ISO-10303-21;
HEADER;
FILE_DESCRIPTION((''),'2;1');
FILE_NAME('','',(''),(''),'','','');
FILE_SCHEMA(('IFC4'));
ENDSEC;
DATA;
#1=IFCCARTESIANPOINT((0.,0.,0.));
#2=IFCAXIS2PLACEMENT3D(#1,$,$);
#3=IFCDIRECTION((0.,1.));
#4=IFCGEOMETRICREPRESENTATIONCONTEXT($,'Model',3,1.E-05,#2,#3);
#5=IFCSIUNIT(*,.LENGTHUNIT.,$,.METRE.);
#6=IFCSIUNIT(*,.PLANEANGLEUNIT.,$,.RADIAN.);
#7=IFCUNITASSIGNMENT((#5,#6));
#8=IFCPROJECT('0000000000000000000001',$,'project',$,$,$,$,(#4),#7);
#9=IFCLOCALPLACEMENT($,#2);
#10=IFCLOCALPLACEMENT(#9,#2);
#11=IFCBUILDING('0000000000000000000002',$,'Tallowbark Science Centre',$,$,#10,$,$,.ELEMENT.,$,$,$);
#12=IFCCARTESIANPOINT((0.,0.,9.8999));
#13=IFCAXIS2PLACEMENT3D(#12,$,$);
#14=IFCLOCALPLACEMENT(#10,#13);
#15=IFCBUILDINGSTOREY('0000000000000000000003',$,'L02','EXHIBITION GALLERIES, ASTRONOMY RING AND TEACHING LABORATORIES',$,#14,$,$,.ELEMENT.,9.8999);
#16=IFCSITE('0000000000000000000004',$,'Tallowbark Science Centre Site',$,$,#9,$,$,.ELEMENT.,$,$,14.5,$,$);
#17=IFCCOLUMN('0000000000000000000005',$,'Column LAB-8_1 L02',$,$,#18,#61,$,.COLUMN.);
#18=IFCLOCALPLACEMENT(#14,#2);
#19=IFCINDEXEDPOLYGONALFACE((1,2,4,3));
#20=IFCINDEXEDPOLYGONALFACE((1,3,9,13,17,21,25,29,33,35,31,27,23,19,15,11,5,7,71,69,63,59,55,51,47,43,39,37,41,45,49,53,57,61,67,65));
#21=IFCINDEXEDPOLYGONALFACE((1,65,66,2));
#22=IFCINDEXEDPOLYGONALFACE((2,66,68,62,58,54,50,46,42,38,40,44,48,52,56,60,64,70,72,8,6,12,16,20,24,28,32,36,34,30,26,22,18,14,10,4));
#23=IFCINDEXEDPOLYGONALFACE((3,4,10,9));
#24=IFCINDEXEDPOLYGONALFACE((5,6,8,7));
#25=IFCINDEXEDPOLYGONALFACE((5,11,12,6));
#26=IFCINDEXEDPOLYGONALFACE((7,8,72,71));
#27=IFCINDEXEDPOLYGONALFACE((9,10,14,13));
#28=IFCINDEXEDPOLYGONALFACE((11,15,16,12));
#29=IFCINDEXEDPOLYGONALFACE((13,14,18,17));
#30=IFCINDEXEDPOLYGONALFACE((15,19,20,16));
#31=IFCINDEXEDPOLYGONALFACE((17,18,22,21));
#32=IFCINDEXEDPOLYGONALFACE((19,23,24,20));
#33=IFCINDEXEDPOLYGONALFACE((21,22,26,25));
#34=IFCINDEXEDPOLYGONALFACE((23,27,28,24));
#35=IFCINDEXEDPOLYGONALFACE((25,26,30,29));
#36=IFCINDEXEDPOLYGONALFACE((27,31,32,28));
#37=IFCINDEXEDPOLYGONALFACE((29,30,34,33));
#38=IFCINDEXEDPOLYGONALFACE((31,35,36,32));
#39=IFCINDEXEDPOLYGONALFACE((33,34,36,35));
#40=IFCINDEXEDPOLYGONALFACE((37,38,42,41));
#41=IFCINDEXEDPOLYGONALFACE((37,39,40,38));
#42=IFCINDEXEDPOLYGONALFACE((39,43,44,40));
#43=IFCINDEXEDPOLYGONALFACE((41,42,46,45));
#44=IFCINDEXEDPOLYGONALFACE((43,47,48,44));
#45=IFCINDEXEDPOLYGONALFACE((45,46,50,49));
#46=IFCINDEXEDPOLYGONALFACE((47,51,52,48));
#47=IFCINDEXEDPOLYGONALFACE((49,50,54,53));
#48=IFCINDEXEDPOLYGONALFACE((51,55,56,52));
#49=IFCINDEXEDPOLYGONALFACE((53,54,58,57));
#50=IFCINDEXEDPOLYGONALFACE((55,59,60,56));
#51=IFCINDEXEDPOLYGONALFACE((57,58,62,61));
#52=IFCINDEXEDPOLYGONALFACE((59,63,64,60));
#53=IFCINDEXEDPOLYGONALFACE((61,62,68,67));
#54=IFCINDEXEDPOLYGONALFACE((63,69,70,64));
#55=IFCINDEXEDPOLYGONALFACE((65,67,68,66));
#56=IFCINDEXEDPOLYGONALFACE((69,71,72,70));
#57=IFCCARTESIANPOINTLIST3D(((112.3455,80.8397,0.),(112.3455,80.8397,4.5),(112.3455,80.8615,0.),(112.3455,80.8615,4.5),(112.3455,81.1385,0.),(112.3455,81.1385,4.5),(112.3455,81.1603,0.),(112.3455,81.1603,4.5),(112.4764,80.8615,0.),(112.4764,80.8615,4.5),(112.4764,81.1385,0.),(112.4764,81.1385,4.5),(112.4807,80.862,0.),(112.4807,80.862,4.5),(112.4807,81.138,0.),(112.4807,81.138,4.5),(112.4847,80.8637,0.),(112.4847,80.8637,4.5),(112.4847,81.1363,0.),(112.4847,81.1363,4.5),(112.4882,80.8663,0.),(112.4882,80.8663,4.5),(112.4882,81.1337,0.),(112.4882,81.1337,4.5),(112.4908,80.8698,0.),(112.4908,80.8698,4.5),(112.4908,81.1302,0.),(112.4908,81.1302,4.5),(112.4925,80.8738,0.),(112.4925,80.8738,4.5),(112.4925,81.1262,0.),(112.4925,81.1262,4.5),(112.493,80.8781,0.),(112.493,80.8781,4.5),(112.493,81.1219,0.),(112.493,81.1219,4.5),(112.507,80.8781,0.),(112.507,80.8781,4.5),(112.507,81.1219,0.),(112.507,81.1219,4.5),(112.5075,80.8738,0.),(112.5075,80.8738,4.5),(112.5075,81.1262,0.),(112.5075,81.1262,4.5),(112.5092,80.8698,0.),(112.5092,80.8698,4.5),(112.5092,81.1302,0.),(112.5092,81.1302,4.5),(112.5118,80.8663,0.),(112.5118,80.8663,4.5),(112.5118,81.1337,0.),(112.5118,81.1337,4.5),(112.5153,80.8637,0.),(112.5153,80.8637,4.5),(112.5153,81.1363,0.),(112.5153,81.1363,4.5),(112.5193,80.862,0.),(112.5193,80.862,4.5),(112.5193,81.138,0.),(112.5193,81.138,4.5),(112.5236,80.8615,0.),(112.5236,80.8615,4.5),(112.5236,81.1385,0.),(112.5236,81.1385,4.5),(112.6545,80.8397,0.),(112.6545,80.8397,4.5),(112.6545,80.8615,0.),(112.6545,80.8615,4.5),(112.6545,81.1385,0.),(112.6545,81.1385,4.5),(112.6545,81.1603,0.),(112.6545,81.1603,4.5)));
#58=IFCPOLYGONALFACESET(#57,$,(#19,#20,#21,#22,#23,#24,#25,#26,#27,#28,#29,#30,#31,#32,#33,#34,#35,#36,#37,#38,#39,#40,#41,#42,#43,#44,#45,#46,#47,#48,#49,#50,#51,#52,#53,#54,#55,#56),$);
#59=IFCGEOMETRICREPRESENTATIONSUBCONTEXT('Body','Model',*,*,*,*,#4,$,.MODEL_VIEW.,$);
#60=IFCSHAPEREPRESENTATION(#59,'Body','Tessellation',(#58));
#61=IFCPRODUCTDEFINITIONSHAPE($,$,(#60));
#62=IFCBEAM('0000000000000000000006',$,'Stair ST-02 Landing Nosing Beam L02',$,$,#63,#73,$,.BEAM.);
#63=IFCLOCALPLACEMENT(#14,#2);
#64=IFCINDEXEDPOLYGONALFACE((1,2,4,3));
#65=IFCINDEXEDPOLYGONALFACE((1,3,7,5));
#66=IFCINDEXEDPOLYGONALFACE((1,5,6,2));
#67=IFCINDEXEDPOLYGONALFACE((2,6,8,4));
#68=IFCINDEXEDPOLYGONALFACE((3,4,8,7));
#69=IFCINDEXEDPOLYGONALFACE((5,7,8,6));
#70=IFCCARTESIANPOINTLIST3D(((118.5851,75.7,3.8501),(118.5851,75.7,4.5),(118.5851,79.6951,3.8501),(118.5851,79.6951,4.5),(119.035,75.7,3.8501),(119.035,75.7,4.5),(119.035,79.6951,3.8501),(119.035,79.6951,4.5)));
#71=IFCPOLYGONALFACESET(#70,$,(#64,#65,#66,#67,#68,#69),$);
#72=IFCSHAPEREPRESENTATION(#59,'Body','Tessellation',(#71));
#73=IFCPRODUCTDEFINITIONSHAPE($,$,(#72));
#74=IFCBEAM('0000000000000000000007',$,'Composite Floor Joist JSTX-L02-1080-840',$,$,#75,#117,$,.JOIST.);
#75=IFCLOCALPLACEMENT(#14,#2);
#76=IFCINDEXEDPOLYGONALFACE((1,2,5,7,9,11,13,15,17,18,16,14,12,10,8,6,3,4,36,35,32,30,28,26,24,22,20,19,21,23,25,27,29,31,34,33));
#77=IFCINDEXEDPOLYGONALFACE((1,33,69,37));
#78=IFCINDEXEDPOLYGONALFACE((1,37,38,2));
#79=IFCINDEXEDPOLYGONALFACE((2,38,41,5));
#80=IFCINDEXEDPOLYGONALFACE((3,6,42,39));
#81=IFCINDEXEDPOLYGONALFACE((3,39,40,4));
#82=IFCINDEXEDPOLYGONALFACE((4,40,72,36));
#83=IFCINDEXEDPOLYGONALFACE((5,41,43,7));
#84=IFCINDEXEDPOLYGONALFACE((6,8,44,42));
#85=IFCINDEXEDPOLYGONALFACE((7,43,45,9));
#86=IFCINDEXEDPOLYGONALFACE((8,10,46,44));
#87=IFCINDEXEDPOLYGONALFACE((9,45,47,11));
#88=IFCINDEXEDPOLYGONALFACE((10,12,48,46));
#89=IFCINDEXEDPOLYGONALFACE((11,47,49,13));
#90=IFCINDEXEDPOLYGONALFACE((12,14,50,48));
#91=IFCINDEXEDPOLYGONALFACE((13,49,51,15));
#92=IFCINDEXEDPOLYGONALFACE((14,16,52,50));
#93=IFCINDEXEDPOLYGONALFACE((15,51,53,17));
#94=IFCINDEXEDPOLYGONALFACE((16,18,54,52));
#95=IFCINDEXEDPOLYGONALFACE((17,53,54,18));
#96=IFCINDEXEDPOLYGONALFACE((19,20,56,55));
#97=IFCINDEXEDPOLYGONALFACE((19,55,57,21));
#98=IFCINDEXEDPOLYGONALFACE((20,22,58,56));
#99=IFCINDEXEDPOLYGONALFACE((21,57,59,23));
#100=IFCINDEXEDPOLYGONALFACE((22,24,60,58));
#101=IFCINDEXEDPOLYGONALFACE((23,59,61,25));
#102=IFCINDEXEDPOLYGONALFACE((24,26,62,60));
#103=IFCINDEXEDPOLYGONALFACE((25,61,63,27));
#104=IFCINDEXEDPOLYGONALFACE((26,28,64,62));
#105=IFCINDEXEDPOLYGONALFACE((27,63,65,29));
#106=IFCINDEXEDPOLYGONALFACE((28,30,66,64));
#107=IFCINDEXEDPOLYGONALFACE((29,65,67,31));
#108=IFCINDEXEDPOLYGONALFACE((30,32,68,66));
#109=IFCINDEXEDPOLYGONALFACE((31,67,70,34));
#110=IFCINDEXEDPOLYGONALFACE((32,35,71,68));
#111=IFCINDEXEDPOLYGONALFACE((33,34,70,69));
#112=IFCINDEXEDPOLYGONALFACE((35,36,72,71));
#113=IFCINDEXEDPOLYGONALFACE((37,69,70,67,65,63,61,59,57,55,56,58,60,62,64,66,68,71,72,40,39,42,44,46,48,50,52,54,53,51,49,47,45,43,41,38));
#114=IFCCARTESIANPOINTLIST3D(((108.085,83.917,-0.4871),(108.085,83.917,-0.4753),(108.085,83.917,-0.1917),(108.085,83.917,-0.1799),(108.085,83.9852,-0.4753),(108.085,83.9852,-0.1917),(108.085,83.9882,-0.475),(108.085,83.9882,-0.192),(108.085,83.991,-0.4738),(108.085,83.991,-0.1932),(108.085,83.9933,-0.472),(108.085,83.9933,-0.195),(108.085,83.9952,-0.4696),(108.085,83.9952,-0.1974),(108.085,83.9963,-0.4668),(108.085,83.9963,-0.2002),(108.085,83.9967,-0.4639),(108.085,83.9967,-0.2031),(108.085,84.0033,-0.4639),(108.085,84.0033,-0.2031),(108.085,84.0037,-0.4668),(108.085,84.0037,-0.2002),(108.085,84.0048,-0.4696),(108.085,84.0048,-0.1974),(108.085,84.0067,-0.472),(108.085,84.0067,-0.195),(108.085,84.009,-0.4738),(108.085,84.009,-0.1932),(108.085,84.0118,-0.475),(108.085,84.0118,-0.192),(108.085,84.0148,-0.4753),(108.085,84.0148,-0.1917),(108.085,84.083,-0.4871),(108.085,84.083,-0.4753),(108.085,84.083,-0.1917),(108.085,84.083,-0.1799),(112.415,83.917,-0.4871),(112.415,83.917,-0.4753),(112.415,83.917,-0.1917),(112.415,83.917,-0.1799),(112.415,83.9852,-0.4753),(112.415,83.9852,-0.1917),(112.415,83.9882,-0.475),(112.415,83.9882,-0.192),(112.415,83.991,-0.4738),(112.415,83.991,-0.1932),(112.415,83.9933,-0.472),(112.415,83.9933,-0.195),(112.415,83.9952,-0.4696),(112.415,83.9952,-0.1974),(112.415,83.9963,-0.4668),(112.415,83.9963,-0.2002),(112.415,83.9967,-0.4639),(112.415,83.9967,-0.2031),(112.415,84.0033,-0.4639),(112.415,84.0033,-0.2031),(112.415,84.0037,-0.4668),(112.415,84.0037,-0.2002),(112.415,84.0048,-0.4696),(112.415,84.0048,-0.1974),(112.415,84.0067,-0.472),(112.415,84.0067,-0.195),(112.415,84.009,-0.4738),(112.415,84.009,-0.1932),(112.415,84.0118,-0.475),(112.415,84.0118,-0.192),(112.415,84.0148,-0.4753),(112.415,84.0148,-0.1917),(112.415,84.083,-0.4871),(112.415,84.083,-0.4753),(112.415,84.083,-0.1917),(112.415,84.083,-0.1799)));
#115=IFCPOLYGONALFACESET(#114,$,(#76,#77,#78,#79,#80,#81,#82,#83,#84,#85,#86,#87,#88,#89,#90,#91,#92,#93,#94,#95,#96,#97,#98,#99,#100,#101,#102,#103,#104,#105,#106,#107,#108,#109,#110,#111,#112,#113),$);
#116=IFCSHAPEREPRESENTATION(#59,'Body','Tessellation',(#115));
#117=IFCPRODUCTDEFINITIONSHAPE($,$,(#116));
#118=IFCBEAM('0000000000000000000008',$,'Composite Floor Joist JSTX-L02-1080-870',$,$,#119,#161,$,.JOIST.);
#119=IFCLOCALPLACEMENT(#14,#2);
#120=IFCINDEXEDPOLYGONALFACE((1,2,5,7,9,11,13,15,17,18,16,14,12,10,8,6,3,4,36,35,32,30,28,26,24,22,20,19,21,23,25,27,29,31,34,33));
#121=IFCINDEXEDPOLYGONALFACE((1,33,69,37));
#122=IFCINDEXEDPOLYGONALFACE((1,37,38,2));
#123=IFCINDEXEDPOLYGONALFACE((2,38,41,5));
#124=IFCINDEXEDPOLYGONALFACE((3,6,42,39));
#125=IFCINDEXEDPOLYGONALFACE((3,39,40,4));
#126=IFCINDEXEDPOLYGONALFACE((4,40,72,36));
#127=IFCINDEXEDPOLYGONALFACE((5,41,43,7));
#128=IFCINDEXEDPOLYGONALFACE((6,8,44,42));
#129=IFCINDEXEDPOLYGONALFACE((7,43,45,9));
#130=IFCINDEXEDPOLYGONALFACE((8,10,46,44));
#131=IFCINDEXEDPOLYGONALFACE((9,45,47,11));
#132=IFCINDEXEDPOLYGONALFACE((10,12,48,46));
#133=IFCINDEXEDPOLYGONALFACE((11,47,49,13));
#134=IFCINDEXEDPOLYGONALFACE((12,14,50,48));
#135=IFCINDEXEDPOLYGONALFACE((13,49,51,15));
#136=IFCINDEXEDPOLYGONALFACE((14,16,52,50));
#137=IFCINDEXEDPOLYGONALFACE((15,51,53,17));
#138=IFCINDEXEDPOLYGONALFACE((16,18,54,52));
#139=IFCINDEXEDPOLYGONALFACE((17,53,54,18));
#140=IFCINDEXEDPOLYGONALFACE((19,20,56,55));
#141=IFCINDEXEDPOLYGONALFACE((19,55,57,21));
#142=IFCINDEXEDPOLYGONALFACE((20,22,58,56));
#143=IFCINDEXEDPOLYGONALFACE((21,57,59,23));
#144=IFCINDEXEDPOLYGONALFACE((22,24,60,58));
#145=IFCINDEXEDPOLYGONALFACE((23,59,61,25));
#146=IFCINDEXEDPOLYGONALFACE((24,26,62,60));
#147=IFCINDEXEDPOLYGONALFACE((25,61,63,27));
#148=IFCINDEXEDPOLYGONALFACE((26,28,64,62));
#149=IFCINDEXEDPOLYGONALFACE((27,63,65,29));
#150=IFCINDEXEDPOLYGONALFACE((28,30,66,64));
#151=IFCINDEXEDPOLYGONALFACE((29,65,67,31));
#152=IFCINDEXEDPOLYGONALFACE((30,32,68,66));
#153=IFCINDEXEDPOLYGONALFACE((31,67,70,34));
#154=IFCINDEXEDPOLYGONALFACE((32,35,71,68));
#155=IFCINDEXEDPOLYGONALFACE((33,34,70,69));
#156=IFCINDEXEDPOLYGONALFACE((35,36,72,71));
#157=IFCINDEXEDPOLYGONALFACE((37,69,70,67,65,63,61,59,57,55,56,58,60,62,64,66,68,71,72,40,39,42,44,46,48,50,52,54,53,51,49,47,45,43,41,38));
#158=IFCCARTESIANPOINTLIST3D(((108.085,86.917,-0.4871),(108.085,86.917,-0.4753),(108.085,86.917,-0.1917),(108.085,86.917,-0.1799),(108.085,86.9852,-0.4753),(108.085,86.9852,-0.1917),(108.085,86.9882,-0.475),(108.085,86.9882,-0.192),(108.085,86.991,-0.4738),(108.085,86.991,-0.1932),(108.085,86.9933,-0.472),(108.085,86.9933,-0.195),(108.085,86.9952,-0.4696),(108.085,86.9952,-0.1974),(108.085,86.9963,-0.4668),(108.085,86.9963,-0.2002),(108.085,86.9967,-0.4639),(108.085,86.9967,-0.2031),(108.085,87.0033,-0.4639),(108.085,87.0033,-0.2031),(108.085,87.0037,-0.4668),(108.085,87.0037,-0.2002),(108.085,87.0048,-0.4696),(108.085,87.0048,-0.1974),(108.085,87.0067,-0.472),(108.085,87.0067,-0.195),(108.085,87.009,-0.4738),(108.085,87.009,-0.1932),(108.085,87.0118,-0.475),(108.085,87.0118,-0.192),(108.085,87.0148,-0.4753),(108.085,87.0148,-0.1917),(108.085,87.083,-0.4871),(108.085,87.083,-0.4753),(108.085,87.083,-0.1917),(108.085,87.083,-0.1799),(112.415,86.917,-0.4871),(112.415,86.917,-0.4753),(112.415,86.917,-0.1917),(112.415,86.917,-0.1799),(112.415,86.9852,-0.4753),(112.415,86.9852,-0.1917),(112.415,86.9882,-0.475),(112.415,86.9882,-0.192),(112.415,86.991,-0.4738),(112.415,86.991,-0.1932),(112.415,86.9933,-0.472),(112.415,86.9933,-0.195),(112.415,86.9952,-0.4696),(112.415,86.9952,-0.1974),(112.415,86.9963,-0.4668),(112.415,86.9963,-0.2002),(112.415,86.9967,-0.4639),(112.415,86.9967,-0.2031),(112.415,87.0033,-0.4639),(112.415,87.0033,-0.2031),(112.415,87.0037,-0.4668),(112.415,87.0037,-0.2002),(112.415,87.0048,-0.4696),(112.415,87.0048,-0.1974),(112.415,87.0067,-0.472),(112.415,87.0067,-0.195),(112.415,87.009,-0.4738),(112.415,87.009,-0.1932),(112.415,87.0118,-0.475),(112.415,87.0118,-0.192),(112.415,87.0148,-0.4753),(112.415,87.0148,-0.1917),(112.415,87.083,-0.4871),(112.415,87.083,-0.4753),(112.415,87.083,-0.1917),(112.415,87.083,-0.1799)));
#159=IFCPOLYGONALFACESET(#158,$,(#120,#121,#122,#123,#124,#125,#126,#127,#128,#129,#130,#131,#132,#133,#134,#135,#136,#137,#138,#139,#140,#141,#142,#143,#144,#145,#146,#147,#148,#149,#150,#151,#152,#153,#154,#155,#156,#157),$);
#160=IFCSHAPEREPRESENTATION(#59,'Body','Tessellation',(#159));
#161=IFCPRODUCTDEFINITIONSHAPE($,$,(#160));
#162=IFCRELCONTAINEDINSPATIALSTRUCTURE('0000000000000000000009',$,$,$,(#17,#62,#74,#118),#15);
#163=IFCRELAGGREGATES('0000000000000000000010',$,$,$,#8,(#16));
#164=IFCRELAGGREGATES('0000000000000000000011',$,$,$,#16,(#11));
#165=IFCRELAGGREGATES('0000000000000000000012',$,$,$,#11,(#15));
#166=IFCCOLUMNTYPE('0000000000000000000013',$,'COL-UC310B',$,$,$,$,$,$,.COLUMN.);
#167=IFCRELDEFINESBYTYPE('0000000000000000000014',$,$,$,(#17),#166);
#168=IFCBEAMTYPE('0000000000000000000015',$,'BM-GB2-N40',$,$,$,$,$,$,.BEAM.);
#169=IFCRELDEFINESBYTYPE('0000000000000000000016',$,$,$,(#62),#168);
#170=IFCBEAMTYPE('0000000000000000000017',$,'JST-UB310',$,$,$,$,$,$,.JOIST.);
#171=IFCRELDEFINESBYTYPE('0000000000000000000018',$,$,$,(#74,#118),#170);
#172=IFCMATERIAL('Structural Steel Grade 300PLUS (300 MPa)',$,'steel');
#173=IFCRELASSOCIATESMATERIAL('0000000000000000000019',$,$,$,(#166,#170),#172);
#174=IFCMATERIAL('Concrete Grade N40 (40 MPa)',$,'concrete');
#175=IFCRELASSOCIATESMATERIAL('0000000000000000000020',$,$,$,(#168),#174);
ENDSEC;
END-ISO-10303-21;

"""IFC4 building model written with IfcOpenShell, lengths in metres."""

from ifc_helpers import new_model, si_unit, direction, frame, origin, origin_2d, place, context, subcontext, project, spatial, rectangle, i_section, extrude, material, material_profile, profile_set, type_object, element, save


model = new_model("IFC4")

# Units and contexts
model_context = context("Model", 3, precision=1e-05, world=origin(), true_north=direction((0.0, 1.0)))
body_context = subcontext(model_context, "Body", "Model", "MODEL_VIEW")
ifc_project = project(units=[si_unit("LENGTHUNIT", "METRE"), si_unit("PLANEANGLEUNIT", "RADIAN")], contexts=[model_context])

# Site, building, storey
site_placement = place(None, origin())
site = spatial("IfcSite", under=ifc_project, at=site_placement, Name="Tallowbark Science Centre Site", CompositionType="ELEMENT", RefElevation=14.5)
building_placement = place(site_placement, origin())
building = spatial("IfcBuilding", under=site, at=building_placement, Name="Tallowbark Science Centre", CompositionType="ELEMENT")
storey_placement = place(building_placement, frame((0.0, 0.0, 9.8999)))
storey = spatial("IfcBuildingStorey", under=building, at=storey_placement, Name="L02", Description="EXHIBITION GALLERIES, ASTRONOMY RING AND TEACHING LABORATORIES", CompositionType="ELEMENT", Elevation=9.8999)

# Column
ifc_material_1 = material(Name="Structural Steel Grade 300PLUS (300 MPa)", Category="steel")
ifc_material_profile_1 = material_profile(ifc_material_1, i_section(OverallWidth=0.3091, OverallDepth=0.3206, WebThickness=0.0139, FlangeThickness=0.0217, FilletRadius=0.0166, at=origin_2d()), Name="310UC137")
ifc_profile_set_1 = profile_set([ifc_material_profile_1], Name="Structural Steel Grade 300PLUS (300 MPa)")
column_type = type_object("IfcColumnType", Name="COL-UC310B", PredefinedType="COLUMN", material=ifc_profile_set_1)
column_placement = place(storey_placement, frame((112.5, 81.0, 0.0), z_axis=(0.0, 0.0, 1.0), x_axis=(1.0, 0.0, 0.0)))
element("IfcColumn", 1, at=column_placement, inside=storey, type_object=column_type, Name="Column LAB-8_1 L02", PredefinedType="COLUMN", context=body_context, shape_type="SweptSolid", body=[
    extrude(i_section(OverallWidth=0.3091, OverallDepth=0.3206, WebThickness=0.0139, FlangeThickness=0.0217, FilletRadius=0.0166, at=origin_2d()), origin(), (0.0, 0.0, 1.0), 4.5),
])

# Beams
ifc_material_2 = material(Name="Concrete Grade N40 (40 MPa)", Category="concrete")
ifc_material_profile_2 = material_profile(ifc_material_2, rectangle(XDim=0.45, YDim=0.6499, at=origin_2d()), Name="RC450x650")
ifc_profile_set_2 = profile_set([ifc_material_profile_2], Name="Concrete Grade N40 (40 MPa)")
beam_type_1 = type_object("IfcBeamType", Name="BM-GB2-N40", PredefinedType="BEAM", material=ifc_profile_set_2)
beam_1_placement = place(storey_placement, frame((118.8101, 75.7, 4.175), z_axis=(0.0, 1.0, 0.0), x_axis=(-1.0, 0.0, 0.0)))
element("IfcBeam", 2, at=beam_1_placement, inside=storey, type_object=beam_type_1, Name="Stair ST-02 Landing Nosing Beam L02", PredefinedType="BEAM", context=body_context, shape_type="SweptSolid", body=[
    extrude(rectangle(XDim=0.45, YDim=0.6499, at=origin_2d()), origin(), (0.0, 0.0, 1.0), 3.9951),
])
ifc_material_profile_3 = material_profile(ifc_material_1, i_section(OverallWidth=0.166, OverallDepth=0.3071, WebThickness=0.0066, FlangeThickness=0.0117, FilletRadius=0.0115, at=origin_2d()), Name="310UB46.2")
ifc_profile_set_3 = profile_set([ifc_material_profile_3], Name="Structural Steel Grade 300PLUS (300 MPa)")
beam_type_2 = type_object("IfcBeamType", Name="JST-UB310", PredefinedType="JOIST", material=ifc_profile_set_3)
for number, where, z_axis, x_axis, name in (
    (3, (108.085, 84.0, -0.3335), (1.0, 0.0, 0.0), (0.0, 1.0, 0.0), "Composite Floor Joist JSTX-L02-1080-840"),
    (4, (108.085, 87.0, -0.3335), (1.0, 0.0, 0.0), (0.0, 1.0, 0.0), "Composite Floor Joist JSTX-L02-1080-870"),
):
    element("IfcBeam", number, at=place(storey_placement, frame(where, z_axis=z_axis, x_axis=x_axis)), inside=storey, type_object=beam_type_2, Name=name, PredefinedType="JOIST", context=body_context, shape_type="SweptSolid", body=[
        extrude(i_section(OverallWidth=0.166, OverallDepth=0.3071, WebThickness=0.0066, FlangeThickness=0.0117, FilletRadius=0.0115, at=origin_2d()), origin(), (0.0, 0.0, 1.0), 4.3301),
    ])

save(model, "model.ifc")
